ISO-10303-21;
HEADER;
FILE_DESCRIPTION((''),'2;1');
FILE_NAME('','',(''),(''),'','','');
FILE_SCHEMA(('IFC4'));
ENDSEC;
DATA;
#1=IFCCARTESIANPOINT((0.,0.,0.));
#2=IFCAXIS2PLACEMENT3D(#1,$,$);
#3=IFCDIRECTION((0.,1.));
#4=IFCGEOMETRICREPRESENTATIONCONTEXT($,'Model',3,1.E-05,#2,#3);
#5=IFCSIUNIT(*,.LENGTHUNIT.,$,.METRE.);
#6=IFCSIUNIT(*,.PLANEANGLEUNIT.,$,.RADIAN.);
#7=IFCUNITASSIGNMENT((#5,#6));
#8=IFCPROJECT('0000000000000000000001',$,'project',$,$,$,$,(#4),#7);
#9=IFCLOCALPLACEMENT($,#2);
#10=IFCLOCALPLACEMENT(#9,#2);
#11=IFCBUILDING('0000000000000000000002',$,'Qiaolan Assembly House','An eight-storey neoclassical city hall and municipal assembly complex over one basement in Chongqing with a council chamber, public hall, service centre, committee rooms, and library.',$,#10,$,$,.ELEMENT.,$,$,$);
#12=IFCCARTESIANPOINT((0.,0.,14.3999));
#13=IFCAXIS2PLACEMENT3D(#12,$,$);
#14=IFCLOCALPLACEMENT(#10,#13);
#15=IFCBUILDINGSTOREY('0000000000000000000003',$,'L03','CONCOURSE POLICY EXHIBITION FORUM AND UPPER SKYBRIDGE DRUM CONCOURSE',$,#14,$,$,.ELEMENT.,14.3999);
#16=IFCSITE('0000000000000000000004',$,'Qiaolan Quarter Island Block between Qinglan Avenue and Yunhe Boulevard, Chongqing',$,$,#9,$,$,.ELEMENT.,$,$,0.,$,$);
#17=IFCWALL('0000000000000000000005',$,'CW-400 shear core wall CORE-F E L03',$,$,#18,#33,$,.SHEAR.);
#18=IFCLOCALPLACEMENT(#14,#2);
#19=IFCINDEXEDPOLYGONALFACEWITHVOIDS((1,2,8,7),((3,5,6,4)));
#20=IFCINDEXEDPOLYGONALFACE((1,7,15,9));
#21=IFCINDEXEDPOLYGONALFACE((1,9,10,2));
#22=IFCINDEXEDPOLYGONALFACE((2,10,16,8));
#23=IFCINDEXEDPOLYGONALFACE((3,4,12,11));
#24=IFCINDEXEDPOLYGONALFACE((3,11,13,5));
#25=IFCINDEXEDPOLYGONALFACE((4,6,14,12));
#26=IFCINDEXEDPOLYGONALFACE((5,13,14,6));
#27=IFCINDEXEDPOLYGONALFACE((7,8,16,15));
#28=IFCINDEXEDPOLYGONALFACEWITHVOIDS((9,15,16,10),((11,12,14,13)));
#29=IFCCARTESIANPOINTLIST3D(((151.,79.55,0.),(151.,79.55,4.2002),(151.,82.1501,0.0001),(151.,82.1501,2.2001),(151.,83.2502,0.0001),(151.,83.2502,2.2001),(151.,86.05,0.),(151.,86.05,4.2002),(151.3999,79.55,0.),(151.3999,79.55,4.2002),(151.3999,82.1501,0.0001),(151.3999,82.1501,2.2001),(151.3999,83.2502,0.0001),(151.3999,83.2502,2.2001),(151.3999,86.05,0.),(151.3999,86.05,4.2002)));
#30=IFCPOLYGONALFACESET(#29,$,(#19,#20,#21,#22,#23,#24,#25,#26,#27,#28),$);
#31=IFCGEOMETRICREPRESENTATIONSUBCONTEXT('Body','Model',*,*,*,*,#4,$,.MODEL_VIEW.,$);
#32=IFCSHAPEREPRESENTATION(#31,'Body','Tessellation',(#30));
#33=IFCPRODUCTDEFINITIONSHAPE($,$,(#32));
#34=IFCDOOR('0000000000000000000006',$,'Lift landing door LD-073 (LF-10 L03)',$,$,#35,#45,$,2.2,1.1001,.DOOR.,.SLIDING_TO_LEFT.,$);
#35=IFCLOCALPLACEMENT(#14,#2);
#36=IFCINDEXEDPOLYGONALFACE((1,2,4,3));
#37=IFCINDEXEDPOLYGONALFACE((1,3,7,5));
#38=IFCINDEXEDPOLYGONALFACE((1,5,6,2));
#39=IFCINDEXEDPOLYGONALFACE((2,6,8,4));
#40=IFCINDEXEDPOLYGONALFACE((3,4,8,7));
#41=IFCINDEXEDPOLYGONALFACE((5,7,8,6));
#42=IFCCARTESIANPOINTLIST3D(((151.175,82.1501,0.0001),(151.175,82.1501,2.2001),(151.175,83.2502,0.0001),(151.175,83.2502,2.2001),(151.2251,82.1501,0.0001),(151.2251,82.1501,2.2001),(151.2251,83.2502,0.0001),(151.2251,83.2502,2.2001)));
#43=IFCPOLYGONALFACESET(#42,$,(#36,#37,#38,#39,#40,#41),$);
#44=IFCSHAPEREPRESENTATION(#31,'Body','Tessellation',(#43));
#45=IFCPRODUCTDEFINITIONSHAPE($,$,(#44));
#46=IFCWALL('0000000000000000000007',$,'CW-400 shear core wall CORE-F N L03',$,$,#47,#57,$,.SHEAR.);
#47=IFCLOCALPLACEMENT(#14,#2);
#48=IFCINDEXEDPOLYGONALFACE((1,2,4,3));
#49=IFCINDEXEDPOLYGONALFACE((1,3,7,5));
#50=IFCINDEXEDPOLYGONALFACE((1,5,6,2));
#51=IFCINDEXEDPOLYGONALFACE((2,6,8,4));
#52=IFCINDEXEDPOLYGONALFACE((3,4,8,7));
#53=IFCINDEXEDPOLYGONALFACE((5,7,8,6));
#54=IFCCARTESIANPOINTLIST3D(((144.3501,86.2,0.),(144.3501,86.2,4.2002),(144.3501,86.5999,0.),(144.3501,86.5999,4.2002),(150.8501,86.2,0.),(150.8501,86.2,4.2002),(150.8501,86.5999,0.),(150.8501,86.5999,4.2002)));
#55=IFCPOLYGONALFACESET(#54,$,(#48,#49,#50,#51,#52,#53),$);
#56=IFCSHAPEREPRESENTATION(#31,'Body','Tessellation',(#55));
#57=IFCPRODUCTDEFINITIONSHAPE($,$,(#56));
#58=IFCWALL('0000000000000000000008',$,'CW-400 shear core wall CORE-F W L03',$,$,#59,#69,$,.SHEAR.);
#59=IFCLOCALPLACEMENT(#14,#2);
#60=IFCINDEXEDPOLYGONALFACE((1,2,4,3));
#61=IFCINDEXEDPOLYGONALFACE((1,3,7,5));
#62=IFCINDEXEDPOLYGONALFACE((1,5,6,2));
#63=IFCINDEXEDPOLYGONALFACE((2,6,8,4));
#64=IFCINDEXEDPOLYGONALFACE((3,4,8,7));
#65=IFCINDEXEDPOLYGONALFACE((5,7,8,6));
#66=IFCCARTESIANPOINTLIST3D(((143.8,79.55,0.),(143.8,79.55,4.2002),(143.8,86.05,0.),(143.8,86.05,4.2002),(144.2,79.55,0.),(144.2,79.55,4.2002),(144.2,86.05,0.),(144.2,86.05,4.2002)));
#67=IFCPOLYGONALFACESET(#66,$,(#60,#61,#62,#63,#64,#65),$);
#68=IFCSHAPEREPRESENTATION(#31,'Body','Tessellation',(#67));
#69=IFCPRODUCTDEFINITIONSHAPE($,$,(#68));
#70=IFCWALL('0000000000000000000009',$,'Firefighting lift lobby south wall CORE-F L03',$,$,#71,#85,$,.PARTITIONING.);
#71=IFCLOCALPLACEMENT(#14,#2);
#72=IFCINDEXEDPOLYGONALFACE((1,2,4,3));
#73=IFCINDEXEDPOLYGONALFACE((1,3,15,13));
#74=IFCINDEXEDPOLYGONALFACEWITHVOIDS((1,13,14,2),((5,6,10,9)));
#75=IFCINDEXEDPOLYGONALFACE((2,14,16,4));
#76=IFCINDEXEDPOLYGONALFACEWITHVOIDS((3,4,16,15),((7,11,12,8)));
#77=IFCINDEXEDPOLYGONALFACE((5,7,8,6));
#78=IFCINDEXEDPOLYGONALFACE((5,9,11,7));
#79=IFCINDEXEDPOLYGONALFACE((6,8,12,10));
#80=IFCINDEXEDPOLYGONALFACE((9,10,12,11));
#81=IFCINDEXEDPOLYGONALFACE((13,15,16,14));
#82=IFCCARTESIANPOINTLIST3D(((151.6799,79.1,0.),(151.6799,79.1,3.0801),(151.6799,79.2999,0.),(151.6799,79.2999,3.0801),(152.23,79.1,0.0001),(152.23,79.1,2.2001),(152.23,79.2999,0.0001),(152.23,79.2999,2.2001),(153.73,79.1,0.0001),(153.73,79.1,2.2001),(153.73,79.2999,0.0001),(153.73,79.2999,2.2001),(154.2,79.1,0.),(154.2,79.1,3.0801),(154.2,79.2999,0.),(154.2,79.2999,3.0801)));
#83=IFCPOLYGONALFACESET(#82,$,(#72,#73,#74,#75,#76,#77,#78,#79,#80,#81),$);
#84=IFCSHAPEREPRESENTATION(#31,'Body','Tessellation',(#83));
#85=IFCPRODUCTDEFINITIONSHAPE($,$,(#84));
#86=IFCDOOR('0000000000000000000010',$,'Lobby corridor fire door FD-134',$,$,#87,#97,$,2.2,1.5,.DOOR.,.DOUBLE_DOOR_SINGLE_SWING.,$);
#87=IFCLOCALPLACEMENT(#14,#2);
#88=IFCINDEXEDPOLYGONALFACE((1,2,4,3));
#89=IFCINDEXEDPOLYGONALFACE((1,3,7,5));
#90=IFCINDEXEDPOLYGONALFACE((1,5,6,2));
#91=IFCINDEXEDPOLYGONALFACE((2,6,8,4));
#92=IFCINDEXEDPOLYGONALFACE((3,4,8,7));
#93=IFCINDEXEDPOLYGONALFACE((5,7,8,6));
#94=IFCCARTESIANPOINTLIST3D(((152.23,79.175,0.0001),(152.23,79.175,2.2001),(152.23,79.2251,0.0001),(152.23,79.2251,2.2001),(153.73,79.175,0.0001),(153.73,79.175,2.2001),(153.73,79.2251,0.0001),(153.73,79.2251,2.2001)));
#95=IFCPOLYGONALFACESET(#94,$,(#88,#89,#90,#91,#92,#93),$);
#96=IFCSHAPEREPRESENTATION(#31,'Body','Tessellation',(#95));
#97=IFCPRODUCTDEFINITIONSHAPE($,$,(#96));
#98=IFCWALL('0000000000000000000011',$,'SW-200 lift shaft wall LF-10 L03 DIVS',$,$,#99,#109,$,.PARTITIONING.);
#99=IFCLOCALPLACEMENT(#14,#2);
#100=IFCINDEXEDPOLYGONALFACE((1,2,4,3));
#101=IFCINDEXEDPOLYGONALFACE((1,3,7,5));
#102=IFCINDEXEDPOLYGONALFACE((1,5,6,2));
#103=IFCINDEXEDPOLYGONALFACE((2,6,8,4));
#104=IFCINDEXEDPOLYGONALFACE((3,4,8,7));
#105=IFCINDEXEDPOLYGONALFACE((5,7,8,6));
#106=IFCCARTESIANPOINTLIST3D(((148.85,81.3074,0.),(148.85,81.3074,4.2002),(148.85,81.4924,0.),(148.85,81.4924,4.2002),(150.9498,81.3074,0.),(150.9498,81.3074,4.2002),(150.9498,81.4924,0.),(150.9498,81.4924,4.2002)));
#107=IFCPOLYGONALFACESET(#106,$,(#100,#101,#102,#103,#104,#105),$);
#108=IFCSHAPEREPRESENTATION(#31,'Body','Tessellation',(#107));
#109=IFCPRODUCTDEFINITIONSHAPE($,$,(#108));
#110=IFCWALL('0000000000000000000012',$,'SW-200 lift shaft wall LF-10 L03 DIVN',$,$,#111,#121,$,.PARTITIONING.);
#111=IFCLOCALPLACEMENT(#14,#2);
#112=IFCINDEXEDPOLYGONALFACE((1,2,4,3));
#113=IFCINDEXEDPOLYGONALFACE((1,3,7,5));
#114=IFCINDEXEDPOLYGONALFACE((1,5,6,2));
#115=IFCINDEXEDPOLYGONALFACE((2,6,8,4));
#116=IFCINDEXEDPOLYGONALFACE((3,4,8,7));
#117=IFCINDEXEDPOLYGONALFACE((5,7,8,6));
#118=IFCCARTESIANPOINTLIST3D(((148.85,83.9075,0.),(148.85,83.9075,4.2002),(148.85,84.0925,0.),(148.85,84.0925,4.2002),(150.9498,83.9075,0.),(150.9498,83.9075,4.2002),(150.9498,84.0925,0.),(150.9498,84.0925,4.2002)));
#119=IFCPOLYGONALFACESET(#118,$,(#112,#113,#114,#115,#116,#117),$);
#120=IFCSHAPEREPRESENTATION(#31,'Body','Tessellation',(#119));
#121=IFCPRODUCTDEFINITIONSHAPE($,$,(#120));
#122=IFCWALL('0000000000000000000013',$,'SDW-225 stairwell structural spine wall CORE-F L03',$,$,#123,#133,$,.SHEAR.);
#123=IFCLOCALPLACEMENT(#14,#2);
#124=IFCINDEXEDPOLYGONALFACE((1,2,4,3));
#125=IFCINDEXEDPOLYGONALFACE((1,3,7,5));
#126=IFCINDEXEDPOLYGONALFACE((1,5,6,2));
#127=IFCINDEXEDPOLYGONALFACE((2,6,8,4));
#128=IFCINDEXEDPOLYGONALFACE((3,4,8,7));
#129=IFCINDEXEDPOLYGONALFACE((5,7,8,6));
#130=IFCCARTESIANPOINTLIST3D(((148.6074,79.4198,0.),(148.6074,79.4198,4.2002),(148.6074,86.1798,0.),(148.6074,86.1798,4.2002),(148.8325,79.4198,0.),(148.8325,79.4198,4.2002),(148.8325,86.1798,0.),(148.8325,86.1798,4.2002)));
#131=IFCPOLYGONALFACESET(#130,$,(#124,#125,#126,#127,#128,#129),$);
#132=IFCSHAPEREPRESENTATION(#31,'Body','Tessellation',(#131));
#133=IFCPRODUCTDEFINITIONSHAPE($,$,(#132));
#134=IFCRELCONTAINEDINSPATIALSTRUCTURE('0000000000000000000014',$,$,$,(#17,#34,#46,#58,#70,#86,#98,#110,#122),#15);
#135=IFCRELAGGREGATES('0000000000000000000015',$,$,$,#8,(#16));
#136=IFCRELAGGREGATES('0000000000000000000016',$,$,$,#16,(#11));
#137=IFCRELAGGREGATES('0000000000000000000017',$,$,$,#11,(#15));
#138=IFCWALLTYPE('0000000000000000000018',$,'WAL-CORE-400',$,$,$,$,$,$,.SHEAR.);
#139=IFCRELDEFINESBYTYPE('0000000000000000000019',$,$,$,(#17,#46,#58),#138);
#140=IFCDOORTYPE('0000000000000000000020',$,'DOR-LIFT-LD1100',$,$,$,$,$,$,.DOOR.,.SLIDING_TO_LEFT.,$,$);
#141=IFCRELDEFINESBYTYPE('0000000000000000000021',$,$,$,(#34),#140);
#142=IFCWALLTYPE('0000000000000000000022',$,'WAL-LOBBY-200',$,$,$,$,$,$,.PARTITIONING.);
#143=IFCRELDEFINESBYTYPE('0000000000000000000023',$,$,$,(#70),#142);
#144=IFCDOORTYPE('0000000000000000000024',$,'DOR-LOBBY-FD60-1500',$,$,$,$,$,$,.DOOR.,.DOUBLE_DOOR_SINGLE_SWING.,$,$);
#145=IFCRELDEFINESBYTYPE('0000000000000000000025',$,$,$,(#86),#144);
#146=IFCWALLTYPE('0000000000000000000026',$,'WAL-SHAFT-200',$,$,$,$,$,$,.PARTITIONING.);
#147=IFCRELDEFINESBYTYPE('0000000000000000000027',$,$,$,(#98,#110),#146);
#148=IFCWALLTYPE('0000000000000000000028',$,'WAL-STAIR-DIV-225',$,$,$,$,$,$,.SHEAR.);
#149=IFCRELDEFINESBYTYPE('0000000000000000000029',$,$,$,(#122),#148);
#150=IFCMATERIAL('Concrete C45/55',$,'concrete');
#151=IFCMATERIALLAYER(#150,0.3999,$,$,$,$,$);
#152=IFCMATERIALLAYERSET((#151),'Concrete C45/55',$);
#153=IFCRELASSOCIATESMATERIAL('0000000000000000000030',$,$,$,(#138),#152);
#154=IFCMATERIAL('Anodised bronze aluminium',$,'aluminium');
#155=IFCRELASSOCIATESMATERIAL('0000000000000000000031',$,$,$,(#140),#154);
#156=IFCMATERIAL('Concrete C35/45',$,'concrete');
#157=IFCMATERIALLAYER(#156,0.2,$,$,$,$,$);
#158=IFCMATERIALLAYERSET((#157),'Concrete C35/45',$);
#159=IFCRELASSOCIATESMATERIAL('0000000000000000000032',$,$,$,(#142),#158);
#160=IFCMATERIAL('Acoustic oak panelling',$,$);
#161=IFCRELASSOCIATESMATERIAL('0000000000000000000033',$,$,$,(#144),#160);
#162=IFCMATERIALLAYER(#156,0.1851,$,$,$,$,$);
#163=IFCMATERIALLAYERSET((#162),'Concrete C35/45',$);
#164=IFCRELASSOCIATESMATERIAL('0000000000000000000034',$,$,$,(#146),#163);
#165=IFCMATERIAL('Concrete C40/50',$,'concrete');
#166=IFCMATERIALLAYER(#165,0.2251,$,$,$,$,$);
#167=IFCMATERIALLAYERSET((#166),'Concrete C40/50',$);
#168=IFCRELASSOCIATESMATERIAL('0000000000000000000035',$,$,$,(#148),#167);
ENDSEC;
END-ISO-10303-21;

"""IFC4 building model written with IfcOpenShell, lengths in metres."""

from ifc_helpers import new_model, si_unit, direction, frame, frame_2d, origin, place, context, subcontext, project, spatial, rectangle, extrude, material, layer, layer_set, type_object, element, fill, save


model = new_model("IFC4")

# Units and contexts
model_context = context("Model", 3, precision=1e-05, world=origin(), true_north=direction((0.0, 1.0)))
body_context = subcontext(model_context, "Body", "Model", "MODEL_VIEW")
ifc_project = project(units=[si_unit("LENGTHUNIT", "METRE"), si_unit("PLANEANGLEUNIT", "RADIAN")], contexts=[model_context])

# Site, building, storey
site_placement = place(None, origin())
site = spatial("IfcSite", under=ifc_project, at=site_placement, Name="Qiaolan Quarter Island Block between Qinglan Avenue and Yunhe Boulevard, Chongqing", CompositionType="ELEMENT", RefElevation=0.0)
building_placement = place(site_placement, origin())
building = spatial("IfcBuilding", under=site, at=building_placement, Name="Qiaolan Assembly House", Description="An eight-storey neoclassical city hall and municipal assembly complex over one basement in Chongqing with a council chamber, public hall, service centre, committee rooms, and library.", CompositionType="ELEMENT")
storey_placement = place(building_placement, frame((0.0, 0.0, 14.3999)))
storey = spatial("IfcBuildingStorey", under=building, at=storey_placement, Name="L03", Description="CONCOURSE POLICY EXHIBITION FORUM AND UPPER SKYBRIDGE DRUM CONCOURSE", CompositionType="ELEMENT", Elevation=14.3999)

# Shared definitions
ifc_material_1 = material(Name="Concrete C40/50", Category="concrete")

# Wall, opening, door
ifc_material_2 = material(Name="Concrete C45/55", Category="concrete")
ifc_layer_1 = layer(ifc_material_2, 0.3999)
ifc_layer_set_1 = layer_set([ifc_layer_1], Name="Concrete C45/55")
wall_type_1 = type_object("IfcWallType", Name="WAL-CORE-400", PredefinedType="SHEAR", material=ifc_layer_set_1)
wall_1_placement = place(storey_placement, frame((151.2, 79.55, 0.0), z_axis=(0.0, 0.0, 1.0), x_axis=(0.0, 1.0, 0.0)))
wall_1 = element("IfcWall", 1, at=wall_1_placement, inside=storey, type_object=wall_type_1, Name="CW-400 shear core wall CORE-F E L03", PredefinedType="SHEAR", context=body_context, shape_type="SweptSolid", body=[
    extrude(rectangle(XDim=6.5, YDim=0.3999, at=frame_2d((3.25, 0.0))), origin(), (0.0, 0.0, 1.0), 4.2002),
])
opening_1_placement = place(wall_1_placement, frame((2.6001, 0.0, 0.0)))
opening_1 = element("IfcOpeningElement", 2, at=opening_1_placement, cuts=wall_1, PredefinedType="OPENING", context=body_context, shape_type="SweptSolid", body=[
    extrude(rectangle(XDim=1.1001, YDim=2.2, at=frame_2d((0.55, 1.1001))), frame((0.0, 0.21, 0.0), z_axis=(0.0, -1.0, 0.0), x_axis=(1.0, 0.0, 0.0)), (0.0, 0.0, 1.0), 0.4199),
])
ifc_material_3 = material(Name="Anodised bronze aluminium", Category="aluminium")
door_type_1 = type_object("IfcDoorType", Name="DOR-LIFT-LD1100", OperationType="SLIDING_TO_LEFT", PredefinedType="DOOR", material=ifc_material_3)
door_1_placement = place(opening_1_placement, origin())
door_1 = element("IfcDoor", 3, at=door_1_placement, inside=storey, type_object=door_type_1, Name="Lift landing door LD-073 (LF-10 L03)", OperationType="SLIDING_TO_LEFT", OverallHeight=2.2, OverallWidth=1.1001, PredefinedType="DOOR", context=body_context, shape_type="SweptSolid", body=[
    extrude(rectangle(XDim=1.1001, YDim=2.2, at=frame_2d((0.55, 1.1001))), frame((0.0, 0.0249, 0.0), z_axis=(0.0, -1.0, 0.0), x_axis=(1.0, 0.0, 0.0)), (0.0, 0.0, 1.0), 0.05),
])
fill(opening_1, door_1)

# Walls
for number, where, z_axis, x_axis, name in (
    (4, (150.8501, 86.3999, 0.0), (0.0, 0.0, 1.0), (-1.0, 0.0, 0.0), "CW-400 shear core wall CORE-F N L03"),
    (5, (144.0, 86.05, 0.0), (0.0, 0.0, 1.0), (0.0, -1.0, 0.0), "CW-400 shear core wall CORE-F W L03"),
):
    element("IfcWall", number, at=place(storey_placement, frame(where, z_axis=z_axis, x_axis=x_axis)), inside=storey, type_object=wall_type_1, Name=name, PredefinedType="SHEAR", context=body_context, shape_type="SweptSolid", body=[
        extrude(rectangle(XDim=6.5, YDim=0.3999, at=frame_2d((3.25, 0.0))), origin(), (0.0, 0.0, 1.0), 4.2002),
    ])

# Wall, opening, door
ifc_material_4 = material(Name="Concrete C35/45", Category="concrete")
ifc_layer_2 = layer(ifc_material_4, 0.2)
ifc_layer_set_2 = layer_set([ifc_layer_2], Name="Concrete C35/45")
wall_type_2 = type_object("IfcWallType", Name="WAL-LOBBY-200", PredefinedType="PARTITIONING", material=ifc_layer_set_2)
wall_2_placement = place(storey_placement, frame((151.6799, 79.2, 0.0), z_axis=(0.0, 0.0, 1.0), x_axis=(1.0, 0.0, 0.0)))
wall_2 = element("IfcWall", 6, at=wall_2_placement, inside=storey, type_object=wall_type_2, Name="Firefighting lift lobby south wall CORE-F L03", PredefinedType="PARTITIONING", context=body_context, shape_type="SweptSolid", body=[
    extrude(rectangle(XDim=2.52, YDim=0.2, at=frame_2d((1.26, 0.0))), origin(), (0.0, 0.0, 1.0), 3.0801),
])
opening_2_placement = place(wall_2_placement, frame((0.55, 0.0, 0.0)))
opening_2 = element("IfcOpeningElement", 7, at=opening_2_placement, cuts=wall_2, PredefinedType="OPENING", context=body_context, shape_type="SweptSolid", body=[
    extrude(rectangle(XDim=1.5, YDim=2.2, at=frame_2d((0.75, 1.1001))), frame((0.0, 0.1099, 0.0), z_axis=(0.0, -1.0, 0.0), x_axis=(1.0, 0.0, 0.0)), (0.0, 0.0, 1.0), 0.22),
])
ifc_material_5 = material(Name="Acoustic oak panelling")
door_type_2 = type_object("IfcDoorType", Name="DOR-LOBBY-FD60-1500", OperationType="DOUBLE_DOOR_SINGLE_SWING", PredefinedType="DOOR", material=ifc_material_5)
door_2_placement = place(opening_2_placement, frame((1.5, 0.0, 0.0), z_axis=(0.0, 0.0, 1.0), x_axis=(-1.0, 0.0, 0.0)))
door_2 = element("IfcDoor", 8, at=door_2_placement, inside=storey, type_object=door_type_2, Name="Lobby corridor fire door FD-134", OperationType="DOUBLE_DOOR_SINGLE_SWING", OverallHeight=2.2, OverallWidth=1.5, PredefinedType="DOOR", context=body_context, shape_type="SweptSolid", body=[
    extrude(rectangle(XDim=1.5, YDim=2.2, at=frame_2d((0.75, 1.1001))), frame((0.0, 0.0249, 0.0), z_axis=(0.0, -1.0, 0.0), x_axis=(1.0, 0.0, 0.0)), (0.0, 0.0, 1.0), 0.05),
])
fill(opening_2, door_2)

# Walls
ifc_layer_3 = layer(ifc_material_4, 0.1851)
ifc_layer_set_3 = layer_set([ifc_layer_3], Name="Concrete C35/45")
wall_type_3 = type_object("IfcWallType", Name="WAL-SHAFT-200", PredefinedType="PARTITIONING", material=ifc_layer_set_3)
for number, where, z_axis, x_axis, name in (
    (9, (148.8501, 81.3999, 0.0), (0.0, 0.0, 1.0), (1.0, 0.0, 0.0), "SW-200 lift shaft wall LF-10 L03 DIVS"),
    (10, (148.8501, 84.0, 0.0), (0.0, 0.0, 1.0), (1.0, 0.0, 0.0), "SW-200 lift shaft wall LF-10 L03 DIVN"),
):
    element("IfcWall", number, at=place(storey_placement, frame(where, z_axis=z_axis, x_axis=x_axis)), inside=storey, type_object=wall_type_3, Name=name, PredefinedType="PARTITIONING", context=body_context, shape_type="SweptSolid", body=[
        extrude(rectangle(XDim=2.0999, YDim=0.1851, at=frame_2d((1.0498, 0.0))), origin(), (0.0, 0.0, 1.0), 4.2002),
    ])
ifc_layer_4 = layer(ifc_material_1, 0.2251)
ifc_layer_set_4 = layer_set([ifc_layer_4], Name="Concrete C40/50")
wall_type_4 = type_object("IfcWallType", Name="WAL-STAIR-DIV-225", PredefinedType="SHEAR", material=ifc_layer_set_4)
wall_3_placement = place(storey_placement, frame((148.72, 79.4199, 0.0), z_axis=(0.0, 0.0, 1.0), x_axis=(0.0, 1.0, 0.0)))
element("IfcWall", 11, at=wall_3_placement, inside=storey, type_object=wall_type_4, Name="SDW-225 stairwell structural spine wall CORE-F L03", PredefinedType="SHEAR", context=body_context, shape_type="SweptSolid", body=[
    extrude(rectangle(XDim=6.76, YDim=0.2251, at=frame_2d((3.3799, 0.0))), origin(), (0.0, 0.0, 1.0), 4.2002),
])

save(model, "model.ifc")
